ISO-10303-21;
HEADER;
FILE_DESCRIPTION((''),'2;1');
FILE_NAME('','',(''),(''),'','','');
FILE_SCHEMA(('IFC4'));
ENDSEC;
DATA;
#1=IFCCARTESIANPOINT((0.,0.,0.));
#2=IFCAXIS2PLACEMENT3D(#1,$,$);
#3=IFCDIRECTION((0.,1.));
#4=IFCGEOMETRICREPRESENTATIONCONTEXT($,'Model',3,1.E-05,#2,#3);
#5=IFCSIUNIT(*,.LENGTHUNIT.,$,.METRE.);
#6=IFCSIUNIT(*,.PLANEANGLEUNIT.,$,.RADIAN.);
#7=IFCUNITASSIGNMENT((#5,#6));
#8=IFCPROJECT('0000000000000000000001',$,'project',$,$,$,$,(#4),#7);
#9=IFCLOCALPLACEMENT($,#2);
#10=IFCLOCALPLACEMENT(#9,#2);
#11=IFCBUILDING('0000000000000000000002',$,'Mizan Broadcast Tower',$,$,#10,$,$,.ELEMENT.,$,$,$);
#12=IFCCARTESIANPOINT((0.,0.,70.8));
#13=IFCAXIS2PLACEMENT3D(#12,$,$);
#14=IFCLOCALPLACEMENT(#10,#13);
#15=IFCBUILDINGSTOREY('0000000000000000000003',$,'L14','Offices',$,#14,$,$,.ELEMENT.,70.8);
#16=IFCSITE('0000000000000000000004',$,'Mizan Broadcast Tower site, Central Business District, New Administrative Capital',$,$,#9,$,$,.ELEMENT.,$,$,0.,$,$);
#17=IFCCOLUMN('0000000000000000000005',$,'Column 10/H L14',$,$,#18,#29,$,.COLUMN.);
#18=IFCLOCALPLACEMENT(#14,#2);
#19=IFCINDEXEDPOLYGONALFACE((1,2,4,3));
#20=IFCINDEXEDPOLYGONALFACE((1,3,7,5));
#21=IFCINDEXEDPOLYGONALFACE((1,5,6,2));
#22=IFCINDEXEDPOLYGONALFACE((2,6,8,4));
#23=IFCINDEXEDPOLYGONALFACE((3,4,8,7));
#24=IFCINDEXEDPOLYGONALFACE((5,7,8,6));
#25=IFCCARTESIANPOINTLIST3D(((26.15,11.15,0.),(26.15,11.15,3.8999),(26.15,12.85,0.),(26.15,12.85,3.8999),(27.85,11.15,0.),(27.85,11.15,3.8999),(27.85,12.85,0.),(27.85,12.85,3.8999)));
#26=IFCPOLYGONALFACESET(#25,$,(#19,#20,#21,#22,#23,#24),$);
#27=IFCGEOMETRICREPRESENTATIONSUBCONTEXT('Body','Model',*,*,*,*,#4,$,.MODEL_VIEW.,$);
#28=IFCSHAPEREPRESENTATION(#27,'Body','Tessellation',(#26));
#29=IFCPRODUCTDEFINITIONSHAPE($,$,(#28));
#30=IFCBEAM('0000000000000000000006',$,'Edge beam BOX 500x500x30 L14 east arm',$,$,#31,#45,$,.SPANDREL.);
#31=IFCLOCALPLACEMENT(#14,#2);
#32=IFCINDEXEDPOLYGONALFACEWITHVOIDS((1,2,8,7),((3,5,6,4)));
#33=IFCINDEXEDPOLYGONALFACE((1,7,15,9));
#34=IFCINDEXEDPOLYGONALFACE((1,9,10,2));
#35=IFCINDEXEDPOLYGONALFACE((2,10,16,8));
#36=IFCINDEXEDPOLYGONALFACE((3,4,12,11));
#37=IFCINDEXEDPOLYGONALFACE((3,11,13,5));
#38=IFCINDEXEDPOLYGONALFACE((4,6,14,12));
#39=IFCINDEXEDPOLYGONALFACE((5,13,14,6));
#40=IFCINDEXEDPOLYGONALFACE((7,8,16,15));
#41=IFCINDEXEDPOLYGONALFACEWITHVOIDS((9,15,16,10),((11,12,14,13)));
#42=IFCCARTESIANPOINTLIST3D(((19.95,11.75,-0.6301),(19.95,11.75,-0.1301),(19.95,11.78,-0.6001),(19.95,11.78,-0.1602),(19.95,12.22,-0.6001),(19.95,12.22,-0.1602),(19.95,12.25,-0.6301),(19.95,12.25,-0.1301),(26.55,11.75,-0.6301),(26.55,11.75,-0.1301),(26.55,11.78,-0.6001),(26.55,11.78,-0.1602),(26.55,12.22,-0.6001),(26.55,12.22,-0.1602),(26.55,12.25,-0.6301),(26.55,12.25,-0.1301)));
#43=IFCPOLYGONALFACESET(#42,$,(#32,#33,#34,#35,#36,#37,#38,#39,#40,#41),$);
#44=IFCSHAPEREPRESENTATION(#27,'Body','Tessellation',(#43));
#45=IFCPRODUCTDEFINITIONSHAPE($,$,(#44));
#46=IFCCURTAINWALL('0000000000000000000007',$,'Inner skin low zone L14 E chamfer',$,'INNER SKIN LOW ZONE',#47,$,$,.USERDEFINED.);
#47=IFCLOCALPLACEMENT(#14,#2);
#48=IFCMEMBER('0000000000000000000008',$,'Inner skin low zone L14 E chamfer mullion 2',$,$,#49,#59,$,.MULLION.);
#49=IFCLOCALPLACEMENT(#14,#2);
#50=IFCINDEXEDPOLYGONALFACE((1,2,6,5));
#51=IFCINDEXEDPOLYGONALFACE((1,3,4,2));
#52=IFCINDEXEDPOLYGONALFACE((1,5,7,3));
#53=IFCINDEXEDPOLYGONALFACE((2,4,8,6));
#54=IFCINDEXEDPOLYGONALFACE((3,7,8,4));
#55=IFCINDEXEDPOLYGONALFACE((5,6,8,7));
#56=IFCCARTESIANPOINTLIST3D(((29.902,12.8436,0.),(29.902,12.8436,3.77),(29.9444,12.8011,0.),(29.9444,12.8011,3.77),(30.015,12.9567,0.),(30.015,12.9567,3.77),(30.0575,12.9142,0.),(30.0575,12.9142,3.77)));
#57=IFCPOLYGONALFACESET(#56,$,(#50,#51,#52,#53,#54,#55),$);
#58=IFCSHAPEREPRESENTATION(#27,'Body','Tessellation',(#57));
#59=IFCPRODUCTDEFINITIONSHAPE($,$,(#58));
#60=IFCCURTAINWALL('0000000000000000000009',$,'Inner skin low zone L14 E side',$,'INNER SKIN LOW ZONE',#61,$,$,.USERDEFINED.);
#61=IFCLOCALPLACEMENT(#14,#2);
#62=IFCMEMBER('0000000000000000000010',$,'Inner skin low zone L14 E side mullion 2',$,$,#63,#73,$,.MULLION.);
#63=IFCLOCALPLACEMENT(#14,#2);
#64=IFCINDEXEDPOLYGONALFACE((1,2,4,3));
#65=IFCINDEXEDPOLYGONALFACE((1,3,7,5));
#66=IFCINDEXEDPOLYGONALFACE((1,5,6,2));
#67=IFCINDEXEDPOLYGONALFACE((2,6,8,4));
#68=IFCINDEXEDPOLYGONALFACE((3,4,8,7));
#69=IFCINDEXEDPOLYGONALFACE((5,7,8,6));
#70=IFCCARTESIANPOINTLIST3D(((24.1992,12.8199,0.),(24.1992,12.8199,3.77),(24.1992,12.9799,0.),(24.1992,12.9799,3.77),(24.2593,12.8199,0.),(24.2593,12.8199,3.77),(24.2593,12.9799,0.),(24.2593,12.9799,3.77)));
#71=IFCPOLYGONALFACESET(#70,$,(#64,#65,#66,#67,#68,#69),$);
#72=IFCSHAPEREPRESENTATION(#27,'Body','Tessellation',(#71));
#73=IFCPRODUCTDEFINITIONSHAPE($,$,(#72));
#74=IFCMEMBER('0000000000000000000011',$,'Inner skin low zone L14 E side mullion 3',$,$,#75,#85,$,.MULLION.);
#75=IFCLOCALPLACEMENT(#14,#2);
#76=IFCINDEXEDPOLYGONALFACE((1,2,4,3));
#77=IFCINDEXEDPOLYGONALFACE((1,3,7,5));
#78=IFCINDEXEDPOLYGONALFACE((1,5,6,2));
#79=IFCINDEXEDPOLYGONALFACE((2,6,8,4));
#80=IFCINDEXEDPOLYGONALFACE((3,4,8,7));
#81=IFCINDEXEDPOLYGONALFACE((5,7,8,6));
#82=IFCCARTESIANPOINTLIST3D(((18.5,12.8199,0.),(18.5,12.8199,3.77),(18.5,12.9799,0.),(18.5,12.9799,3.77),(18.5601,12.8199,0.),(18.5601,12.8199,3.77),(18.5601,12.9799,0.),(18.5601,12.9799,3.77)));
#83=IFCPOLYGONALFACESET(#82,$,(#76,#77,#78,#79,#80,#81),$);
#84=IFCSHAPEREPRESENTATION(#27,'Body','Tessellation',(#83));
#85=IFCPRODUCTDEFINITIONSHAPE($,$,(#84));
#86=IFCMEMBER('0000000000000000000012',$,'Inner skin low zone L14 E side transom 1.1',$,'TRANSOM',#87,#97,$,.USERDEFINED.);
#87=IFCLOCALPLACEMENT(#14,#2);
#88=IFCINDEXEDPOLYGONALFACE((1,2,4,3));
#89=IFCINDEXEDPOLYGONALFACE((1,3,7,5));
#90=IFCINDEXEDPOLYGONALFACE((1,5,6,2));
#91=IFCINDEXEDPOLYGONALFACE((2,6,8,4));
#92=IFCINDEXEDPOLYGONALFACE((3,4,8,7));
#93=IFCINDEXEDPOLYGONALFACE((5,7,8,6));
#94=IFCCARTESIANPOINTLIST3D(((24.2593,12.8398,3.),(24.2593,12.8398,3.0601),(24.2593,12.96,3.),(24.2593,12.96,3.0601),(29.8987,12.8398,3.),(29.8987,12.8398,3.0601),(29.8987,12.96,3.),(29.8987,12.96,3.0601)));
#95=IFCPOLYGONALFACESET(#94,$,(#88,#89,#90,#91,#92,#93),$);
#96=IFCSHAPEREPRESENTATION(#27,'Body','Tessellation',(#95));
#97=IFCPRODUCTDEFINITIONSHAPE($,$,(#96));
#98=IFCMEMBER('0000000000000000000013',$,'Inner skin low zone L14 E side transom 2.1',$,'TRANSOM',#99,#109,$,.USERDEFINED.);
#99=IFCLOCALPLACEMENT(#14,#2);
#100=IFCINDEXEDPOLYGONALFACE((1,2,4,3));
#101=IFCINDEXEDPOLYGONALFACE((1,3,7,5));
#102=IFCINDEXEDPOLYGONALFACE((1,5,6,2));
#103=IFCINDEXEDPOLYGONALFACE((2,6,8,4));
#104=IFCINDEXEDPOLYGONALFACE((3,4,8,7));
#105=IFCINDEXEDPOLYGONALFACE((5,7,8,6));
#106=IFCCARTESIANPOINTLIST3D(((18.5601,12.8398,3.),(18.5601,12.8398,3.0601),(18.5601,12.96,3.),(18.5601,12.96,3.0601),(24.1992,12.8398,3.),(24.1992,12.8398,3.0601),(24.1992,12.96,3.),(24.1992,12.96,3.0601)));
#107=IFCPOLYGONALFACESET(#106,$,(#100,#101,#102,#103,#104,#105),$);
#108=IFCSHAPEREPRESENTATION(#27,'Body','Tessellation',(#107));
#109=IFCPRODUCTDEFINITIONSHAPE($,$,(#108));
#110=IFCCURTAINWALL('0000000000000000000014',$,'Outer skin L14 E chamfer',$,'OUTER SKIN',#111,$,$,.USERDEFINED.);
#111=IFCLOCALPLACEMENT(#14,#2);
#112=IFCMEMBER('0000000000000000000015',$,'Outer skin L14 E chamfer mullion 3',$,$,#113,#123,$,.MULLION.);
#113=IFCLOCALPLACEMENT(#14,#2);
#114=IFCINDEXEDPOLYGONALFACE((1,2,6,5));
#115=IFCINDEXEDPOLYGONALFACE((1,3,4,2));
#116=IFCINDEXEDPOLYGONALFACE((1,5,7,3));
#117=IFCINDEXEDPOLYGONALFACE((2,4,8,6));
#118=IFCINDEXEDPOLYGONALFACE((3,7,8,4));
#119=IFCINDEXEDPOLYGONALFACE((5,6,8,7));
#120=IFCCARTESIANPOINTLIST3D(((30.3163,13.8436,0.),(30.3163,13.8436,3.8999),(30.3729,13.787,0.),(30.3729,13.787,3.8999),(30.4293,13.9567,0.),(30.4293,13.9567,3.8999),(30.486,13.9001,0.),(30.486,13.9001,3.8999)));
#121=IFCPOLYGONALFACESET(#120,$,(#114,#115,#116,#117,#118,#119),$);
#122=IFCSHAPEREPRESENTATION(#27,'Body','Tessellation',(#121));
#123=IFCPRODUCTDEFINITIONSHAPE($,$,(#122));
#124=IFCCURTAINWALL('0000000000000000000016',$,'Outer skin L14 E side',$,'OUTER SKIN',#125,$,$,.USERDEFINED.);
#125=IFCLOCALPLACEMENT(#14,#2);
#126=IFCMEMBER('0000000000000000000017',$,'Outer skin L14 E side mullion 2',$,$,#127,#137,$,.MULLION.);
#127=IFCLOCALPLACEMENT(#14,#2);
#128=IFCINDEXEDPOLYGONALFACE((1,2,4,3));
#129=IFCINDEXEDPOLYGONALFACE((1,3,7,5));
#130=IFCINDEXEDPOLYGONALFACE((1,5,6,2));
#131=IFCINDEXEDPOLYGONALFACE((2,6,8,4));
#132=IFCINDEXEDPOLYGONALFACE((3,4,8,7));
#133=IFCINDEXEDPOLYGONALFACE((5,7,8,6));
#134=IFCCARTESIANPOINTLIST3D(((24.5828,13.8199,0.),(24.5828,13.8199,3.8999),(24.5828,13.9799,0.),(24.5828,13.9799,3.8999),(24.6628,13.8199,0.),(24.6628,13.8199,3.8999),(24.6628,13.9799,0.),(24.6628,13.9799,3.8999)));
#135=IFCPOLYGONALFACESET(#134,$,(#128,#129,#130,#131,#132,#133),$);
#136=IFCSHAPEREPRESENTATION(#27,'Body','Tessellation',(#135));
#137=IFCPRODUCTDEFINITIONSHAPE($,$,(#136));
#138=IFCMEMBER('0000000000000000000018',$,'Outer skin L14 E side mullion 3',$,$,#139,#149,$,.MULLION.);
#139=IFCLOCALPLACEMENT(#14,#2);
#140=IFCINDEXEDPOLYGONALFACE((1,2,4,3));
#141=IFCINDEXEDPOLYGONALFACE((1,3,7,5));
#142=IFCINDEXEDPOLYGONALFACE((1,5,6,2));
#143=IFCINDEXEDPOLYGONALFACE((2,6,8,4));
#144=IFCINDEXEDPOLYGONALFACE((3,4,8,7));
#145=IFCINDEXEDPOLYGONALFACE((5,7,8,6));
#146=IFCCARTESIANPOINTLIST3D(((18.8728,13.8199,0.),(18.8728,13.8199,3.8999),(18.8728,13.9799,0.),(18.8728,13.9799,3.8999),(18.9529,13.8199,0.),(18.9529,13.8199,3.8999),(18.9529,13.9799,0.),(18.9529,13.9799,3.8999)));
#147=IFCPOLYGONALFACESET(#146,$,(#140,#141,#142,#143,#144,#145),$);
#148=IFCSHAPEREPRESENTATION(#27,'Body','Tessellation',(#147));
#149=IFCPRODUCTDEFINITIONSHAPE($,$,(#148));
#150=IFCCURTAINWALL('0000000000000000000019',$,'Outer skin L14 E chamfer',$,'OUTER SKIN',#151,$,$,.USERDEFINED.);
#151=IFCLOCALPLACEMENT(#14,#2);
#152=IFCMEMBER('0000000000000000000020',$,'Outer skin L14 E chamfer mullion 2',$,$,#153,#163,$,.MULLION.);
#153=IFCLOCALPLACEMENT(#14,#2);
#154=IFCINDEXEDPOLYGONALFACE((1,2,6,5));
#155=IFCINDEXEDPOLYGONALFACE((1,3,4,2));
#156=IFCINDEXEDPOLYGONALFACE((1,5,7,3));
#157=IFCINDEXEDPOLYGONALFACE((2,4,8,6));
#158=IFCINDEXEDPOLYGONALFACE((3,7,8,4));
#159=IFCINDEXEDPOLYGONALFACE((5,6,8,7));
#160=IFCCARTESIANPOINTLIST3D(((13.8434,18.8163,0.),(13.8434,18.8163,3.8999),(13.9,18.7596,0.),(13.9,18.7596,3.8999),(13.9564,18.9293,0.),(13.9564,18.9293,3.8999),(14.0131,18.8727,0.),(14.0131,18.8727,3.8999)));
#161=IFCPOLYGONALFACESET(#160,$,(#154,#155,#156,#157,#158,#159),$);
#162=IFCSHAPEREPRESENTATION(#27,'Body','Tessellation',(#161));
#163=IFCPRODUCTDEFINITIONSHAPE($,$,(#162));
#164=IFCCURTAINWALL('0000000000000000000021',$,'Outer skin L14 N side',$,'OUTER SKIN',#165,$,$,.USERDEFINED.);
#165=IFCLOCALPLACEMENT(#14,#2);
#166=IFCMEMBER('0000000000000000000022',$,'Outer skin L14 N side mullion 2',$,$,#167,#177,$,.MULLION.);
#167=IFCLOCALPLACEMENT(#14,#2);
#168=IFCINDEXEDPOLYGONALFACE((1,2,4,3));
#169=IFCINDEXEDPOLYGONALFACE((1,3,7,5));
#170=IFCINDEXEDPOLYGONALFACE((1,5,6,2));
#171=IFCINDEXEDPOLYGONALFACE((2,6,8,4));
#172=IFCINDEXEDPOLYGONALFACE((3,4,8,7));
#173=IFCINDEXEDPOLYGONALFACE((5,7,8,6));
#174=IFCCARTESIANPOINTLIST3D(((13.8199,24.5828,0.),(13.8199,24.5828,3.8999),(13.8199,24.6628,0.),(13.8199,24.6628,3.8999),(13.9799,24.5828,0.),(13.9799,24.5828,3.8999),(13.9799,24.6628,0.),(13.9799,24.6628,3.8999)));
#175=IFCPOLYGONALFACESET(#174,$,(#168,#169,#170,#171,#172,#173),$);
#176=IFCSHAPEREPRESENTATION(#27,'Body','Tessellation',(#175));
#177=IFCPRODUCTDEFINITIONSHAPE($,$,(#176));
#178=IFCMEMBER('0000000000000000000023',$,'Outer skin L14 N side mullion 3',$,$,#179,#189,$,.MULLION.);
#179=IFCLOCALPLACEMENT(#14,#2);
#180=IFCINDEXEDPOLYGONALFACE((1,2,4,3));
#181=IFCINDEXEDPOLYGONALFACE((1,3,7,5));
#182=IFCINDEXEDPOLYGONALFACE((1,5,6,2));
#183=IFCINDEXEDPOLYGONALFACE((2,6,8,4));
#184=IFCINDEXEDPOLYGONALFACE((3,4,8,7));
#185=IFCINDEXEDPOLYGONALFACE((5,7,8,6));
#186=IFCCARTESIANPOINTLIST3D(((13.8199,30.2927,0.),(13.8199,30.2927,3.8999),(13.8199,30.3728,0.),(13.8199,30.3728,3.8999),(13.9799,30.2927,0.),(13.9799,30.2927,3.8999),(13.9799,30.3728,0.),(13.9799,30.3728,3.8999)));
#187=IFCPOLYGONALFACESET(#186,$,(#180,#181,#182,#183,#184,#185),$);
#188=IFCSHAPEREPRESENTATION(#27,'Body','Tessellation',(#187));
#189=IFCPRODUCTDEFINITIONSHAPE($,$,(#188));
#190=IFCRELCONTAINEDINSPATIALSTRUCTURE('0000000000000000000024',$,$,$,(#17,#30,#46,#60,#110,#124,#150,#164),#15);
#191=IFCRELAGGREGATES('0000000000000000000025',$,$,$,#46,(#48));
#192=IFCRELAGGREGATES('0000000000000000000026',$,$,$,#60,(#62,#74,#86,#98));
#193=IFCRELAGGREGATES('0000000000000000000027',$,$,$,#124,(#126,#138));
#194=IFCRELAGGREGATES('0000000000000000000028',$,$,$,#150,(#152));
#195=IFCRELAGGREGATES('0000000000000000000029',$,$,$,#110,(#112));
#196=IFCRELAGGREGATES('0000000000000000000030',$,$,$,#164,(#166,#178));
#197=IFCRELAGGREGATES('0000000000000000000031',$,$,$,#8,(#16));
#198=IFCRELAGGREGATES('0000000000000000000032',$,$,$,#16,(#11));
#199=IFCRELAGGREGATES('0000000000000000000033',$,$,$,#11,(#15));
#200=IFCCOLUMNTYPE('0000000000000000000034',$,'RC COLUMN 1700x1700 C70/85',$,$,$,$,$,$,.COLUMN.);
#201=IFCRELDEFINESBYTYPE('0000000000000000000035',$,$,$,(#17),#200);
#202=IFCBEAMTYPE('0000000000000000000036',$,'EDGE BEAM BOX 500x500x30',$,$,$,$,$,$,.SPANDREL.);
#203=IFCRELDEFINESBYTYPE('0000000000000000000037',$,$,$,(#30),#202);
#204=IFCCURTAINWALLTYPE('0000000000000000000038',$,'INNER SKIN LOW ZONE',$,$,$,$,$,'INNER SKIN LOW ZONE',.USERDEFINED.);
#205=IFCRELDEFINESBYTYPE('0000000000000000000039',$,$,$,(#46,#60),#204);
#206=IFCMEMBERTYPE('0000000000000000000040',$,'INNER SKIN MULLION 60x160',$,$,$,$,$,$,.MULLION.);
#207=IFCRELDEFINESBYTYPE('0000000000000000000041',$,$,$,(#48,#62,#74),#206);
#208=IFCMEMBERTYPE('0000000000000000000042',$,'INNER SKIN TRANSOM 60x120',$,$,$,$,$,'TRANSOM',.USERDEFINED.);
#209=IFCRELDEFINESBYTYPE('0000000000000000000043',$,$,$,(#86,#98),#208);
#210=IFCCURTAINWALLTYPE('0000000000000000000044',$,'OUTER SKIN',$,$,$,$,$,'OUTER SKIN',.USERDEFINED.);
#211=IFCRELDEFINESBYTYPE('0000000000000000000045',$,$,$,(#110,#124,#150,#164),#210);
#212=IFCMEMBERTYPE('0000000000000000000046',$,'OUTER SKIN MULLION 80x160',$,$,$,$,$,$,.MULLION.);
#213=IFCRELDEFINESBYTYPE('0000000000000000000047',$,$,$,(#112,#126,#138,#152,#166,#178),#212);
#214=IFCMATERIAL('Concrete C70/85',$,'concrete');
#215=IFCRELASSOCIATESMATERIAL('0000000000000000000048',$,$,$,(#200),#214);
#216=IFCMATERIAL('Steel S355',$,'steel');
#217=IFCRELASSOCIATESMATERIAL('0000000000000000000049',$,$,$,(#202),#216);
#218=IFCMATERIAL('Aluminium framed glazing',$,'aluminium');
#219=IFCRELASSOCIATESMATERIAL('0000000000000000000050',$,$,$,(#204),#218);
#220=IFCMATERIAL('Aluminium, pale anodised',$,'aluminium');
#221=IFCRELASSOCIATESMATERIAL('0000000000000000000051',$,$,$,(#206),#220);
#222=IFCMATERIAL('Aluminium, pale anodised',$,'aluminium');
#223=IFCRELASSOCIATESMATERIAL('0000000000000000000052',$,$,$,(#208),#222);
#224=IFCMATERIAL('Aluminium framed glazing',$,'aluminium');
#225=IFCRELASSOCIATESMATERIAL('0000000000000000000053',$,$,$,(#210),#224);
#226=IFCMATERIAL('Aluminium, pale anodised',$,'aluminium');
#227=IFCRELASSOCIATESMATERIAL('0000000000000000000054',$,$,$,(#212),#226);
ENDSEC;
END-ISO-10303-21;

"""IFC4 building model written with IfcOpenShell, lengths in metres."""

from ifc_helpers import new_model, si_unit, direction, frame, origin, origin_2d, place, context, subcontext, project, spatial, rectangle, hollow_rectangle, extrude, material, material_profile, profile_set, type_object, element, aggregate, save


model = new_model("IFC4")

# Units and contexts
model_context = context("Model", 3, precision=1e-05, world=origin(), true_north=direction((0.0, 1.0)))
body_context = subcontext(model_context, "Body", "Model", "MODEL_VIEW")
ifc_project = project(units=[si_unit("LENGTHUNIT", "METRE"), si_unit("PLANEANGLEUNIT", "RADIAN")], contexts=[model_context])

# Site, building, storey
site_placement = place(None, origin())
site = spatial("IfcSite", under=ifc_project, at=site_placement, Name="Mizan Broadcast Tower site, Central Business District, New Administrative Capital", CompositionType="ELEMENT", RefElevation=0.0)
building_placement = place(site_placement, origin())
building = spatial("IfcBuilding", under=site, at=building_placement, Name="Mizan Broadcast Tower", CompositionType="ELEMENT")
storey_placement = place(building_placement, frame((0.0, 0.0, 70.8)))
storey = spatial("IfcBuildingStorey", under=building, at=storey_placement, Name="L14", Description="Offices", CompositionType="ELEMENT", Elevation=70.8)

# Column
ifc_material_1 = material(Name="Concrete C70/85", Category="concrete")
ifc_material_profile_1 = material_profile(ifc_material_1, rectangle(XDim=1.7, YDim=1.7, at=origin_2d()), Name="RC 1700x1700")
ifc_profile_set_1 = profile_set([ifc_material_profile_1], Name="Concrete C70/85")
column_type = type_object("IfcColumnType", Name="RC COLUMN 1700x1700 C70/85", PredefinedType="COLUMN", material=ifc_profile_set_1)
column_placement = place(storey_placement, frame((27.0, 12.0, 0.0), z_axis=(0.0, 0.0, 1.0), x_axis=(1.0, 0.0, 0.0)))
element("IfcColumn", 1, at=column_placement, inside=storey, type_object=column_type, Name="Column 10/H L14", PredefinedType="COLUMN", context=body_context, shape_type="SweptSolid", body=[
    extrude(rectangle(XDim=1.7, YDim=1.7, at=origin_2d()), origin(), (0.0, 0.0, 1.0), 3.8999),
])

# Beam
ifc_material_2 = material(Name="Steel S355", Category="steel")
ifc_material_profile_2 = material_profile(ifc_material_2, hollow_rectangle(XDim=0.5, YDim=0.5, WallThickness=0.03, at=origin_2d()), Name="BOX 500x500x30")
ifc_profile_set_2 = profile_set([ifc_material_profile_2], Name="Steel S355")
beam_type_1 = type_object("IfcBeamType", Name="EDGE BEAM BOX 500x500x30", PredefinedType="SPANDREL", material=ifc_profile_set_2)
beam_1_placement = place(storey_placement, frame((19.95, 12.0, -0.3801), z_axis=(1.0, 0.0, 0.0), x_axis=(0.0, 1.0, 0.0)))
element("IfcBeam", 2, at=beam_1_placement, inside=storey, type_object=beam_type_1, Name="Edge beam BOX 500x500x30 L14 east arm", PredefinedType="SPANDREL", context=body_context, shape_type="SweptSolid", body=[
    extrude(hollow_rectangle(XDim=0.5, YDim=0.5, WallThickness=0.03, at=origin_2d()), origin(), (0.0, 0.0, 1.0), 6.6001),
])

# Curtain wall, member
ifc_material_3 = material(Name="Aluminium framed glazing", Category="aluminium")
curtain_wall_type_1 = type_object("IfcCurtainWallType", Name="INNER SKIN LOW ZONE", ElementType="INNER SKIN LOW ZONE", PredefinedType="USERDEFINED", material=ifc_material_3)
curtain_wall_1_placement = place(storey_placement, origin())
curtain_wall_1 = element("IfcCurtainWall", 3, at=curtain_wall_1_placement, inside=storey, type_object=curtain_wall_type_1, Name="Inner skin low zone L14 E chamfer", ObjectType="INNER SKIN LOW ZONE", PredefinedType="USERDEFINED")
ifc_material_4 = material(Name="Aluminium, pale anodised", Category="aluminium")
ifc_material_profile_3 = material_profile(ifc_material_4, rectangle(XDim=0.1599, YDim=0.0601, at=origin_2d()), Name="MULLION 160x60")
ifc_profile_set_3 = profile_set([ifc_material_profile_3], Name="Aluminium, pale anodised")
member_type_1 = type_object("IfcMemberType", Name="INNER SKIN MULLION 60x160", PredefinedType="MULLION", material=ifc_profile_set_3)
member_1_placement = place(storey_placement, frame((29.9797, 12.8789, 0.0), z_axis=(0.0, 0.0, 1.0), x_axis=(-0.707107, -0.707107, 0.0)))
member_1 = element("IfcMember", 4, at=member_1_placement, type_object=member_type_1, Name="Inner skin low zone L14 E chamfer mullion 2", PredefinedType="MULLION", context=body_context, shape_type="SweptSolid", body=[
    extrude(rectangle(XDim=0.1599, YDim=0.0601, at=origin_2d()), origin(), (0.0, 0.0, 1.0), 3.77),
])
aggregate(curtain_wall_1, [member_1])

# Curtain wall, members
curtain_wall_2_placement = place(storey_placement, origin())
curtain_wall_2 = element("IfcCurtainWall", 5, at=curtain_wall_2_placement, inside=storey, type_object=curtain_wall_type_1, Name="Inner skin low zone L14 E side", ObjectType="INNER SKIN LOW ZONE", PredefinedType="USERDEFINED")
member_2_placement = place(storey_placement, frame((24.2292, 12.8999, 0.0), z_axis=(0.0, 0.0, 1.0), x_axis=(0.0, -1.0, 0.0)))
member_2 = element("IfcMember", 6, at=member_2_placement, type_object=member_type_1, Name="Inner skin low zone L14 E side mullion 2", PredefinedType="MULLION", context=body_context, shape_type="SweptSolid", body=[
    extrude(rectangle(XDim=0.1599, YDim=0.0601, at=origin_2d()), origin(), (0.0, 0.0, 1.0), 3.77),
])
member_3_placement = place(storey_placement, frame((18.53, 12.8999, 0.0), z_axis=(0.0, 0.0, 1.0), x_axis=(0.0, -1.0, 0.0)))
member_3 = element("IfcMember", 7, at=member_3_placement, type_object=member_type_1, Name="Inner skin low zone L14 E side mullion 3", PredefinedType="MULLION", context=body_context, shape_type="SweptSolid", body=[
    extrude(rectangle(XDim=0.1599, YDim=0.0601, at=origin_2d()), origin(), (0.0, 0.0, 1.0), 3.77),
])
ifc_material_5 = material(Name="Aluminium, pale anodised", Category="aluminium")
ifc_material_profile_4 = material_profile(ifc_material_5, rectangle(XDim=0.1201, YDim=0.0601, at=origin_2d()), Name="TRANSOM 120x60")
ifc_profile_set_4 = profile_set([ifc_material_profile_4], Name="Aluminium, pale anodised")
member_type_2 = type_object("IfcMemberType", Name="INNER SKIN TRANSOM 60x120", ElementType="TRANSOM", PredefinedType="USERDEFINED", material=ifc_profile_set_4)
member_4_placement = place(storey_placement, frame((29.8987, 12.8999, 3.03), z_axis=(-1.0, 0.0, 0.0), x_axis=(0.0, -1.0, 0.0)))
member_4 = element("IfcMember", 8, at=member_4_placement, type_object=member_type_2, Name="Inner skin low zone L14 E side transom 1.1", ObjectType="TRANSOM", PredefinedType="USERDEFINED", context=body_context, shape_type="SweptSolid", body=[
    extrude(rectangle(XDim=0.1201, YDim=0.0601, at=origin_2d()), origin(), (0.0, 0.0, 1.0), 5.6394),
])
member_5_placement = place(storey_placement, frame((24.1992, 12.8999, 3.03), z_axis=(-1.0, 0.0, 0.0), x_axis=(0.0, -1.0, 0.0)))
member_5 = element("IfcMember", 9, at=member_5_placement, type_object=member_type_2, Name="Inner skin low zone L14 E side transom 2.1", ObjectType="TRANSOM", PredefinedType="USERDEFINED", context=body_context, shape_type="SweptSolid", body=[
    extrude(rectangle(XDim=0.1201, YDim=0.0601, at=origin_2d()), origin(), (0.0, 0.0, 1.0), 5.6392),
])

# Curtain wall, member
ifc_material_6 = material(Name="Aluminium framed glazing", Category="aluminium")
curtain_wall_type_2 = type_object("IfcCurtainWallType", Name="OUTER SKIN", ElementType="OUTER SKIN", PredefinedType="USERDEFINED", material=ifc_material_6)
curtain_wall_3_placement = place(storey_placement, origin())
curtain_wall_3 = element("IfcCurtainWall", 10, at=curtain_wall_3_placement, inside=storey, type_object=curtain_wall_type_2, Name="Outer skin L14 E chamfer", ObjectType="OUTER SKIN", PredefinedType="USERDEFINED")
ifc_material_7 = material(Name="Aluminium, pale anodised", Category="aluminium")
ifc_material_profile_5 = material_profile(ifc_material_7, rectangle(XDim=0.1599, YDim=0.0801, at=origin_2d()), Name="MULLION 160x80")
ifc_profile_set_5 = profile_set([ifc_material_profile_5], Name="Aluminium, pale anodised")
member_type_3 = type_object("IfcMemberType", Name="OUTER SKIN MULLION 80x160", PredefinedType="MULLION", material=ifc_profile_set_5)
member_6_placement = place(storey_placement, frame((30.4011, 13.8718, 0.0), z_axis=(0.0, 0.0, 1.0), x_axis=(-0.707107, -0.707107, 0.0)))
member_6 = element("IfcMember", 11, at=member_6_placement, type_object=member_type_3, Name="Outer skin L14 E chamfer mullion 3", PredefinedType="MULLION", context=body_context, shape_type="SweptSolid", body=[
    extrude(rectangle(XDim=0.1599, YDim=0.0801, at=origin_2d()), origin(), (0.0, 0.0, 1.0), 3.8999),
])

# Curtain wall, members
curtain_wall_4_placement = place(storey_placement, origin())
curtain_wall_4 = element("IfcCurtainWall", 12, at=curtain_wall_4_placement, inside=storey, type_object=curtain_wall_type_2, Name="Outer skin L14 E side", ObjectType="OUTER SKIN", PredefinedType="USERDEFINED")
member_7_placement = place(storey_placement, frame((24.6228, 13.8999, 0.0), z_axis=(0.0, 0.0, 1.0), x_axis=(0.0, -1.0, 0.0)))
member_7 = element("IfcMember", 13, at=member_7_placement, type_object=member_type_3, Name="Outer skin L14 E side mullion 2", PredefinedType="MULLION", context=body_context, shape_type="SweptSolid", body=[
    extrude(rectangle(XDim=0.1599, YDim=0.0801, at=origin_2d()), origin(), (0.0, 0.0, 1.0), 3.8999),
])
member_8_placement = place(storey_placement, frame((18.9128, 13.8999, 0.0), z_axis=(0.0, 0.0, 1.0), x_axis=(0.0, -1.0, 0.0)))
member_8 = element("IfcMember", 14, at=member_8_placement, type_object=member_type_3, Name="Outer skin L14 E side mullion 3", PredefinedType="MULLION", context=body_context, shape_type="SweptSolid", body=[
    extrude(rectangle(XDim=0.1599, YDim=0.0801, at=origin_2d()), origin(), (0.0, 0.0, 1.0), 3.8999),
])

# Curtain wall, member
curtain_wall_5_placement = place(storey_placement, origin())
curtain_wall_5 = element("IfcCurtainWall", 15, at=curtain_wall_5_placement, inside=storey, type_object=curtain_wall_type_2, Name="Outer skin L14 E chamfer", ObjectType="OUTER SKIN", PredefinedType="USERDEFINED")
member_9_placement = place(storey_placement, frame((13.9282, 18.8445, 0.0), z_axis=(0.0, 0.0, 1.0), x_axis=(-0.707107, -0.707107, 0.0)))
member_9 = element("IfcMember", 16, at=member_9_placement, type_object=member_type_3, Name="Outer skin L14 E chamfer mullion 2", PredefinedType="MULLION", context=body_context, shape_type="SweptSolid", body=[
    extrude(rectangle(XDim=0.1599, YDim=0.0801, at=origin_2d()), origin(), (0.0, 0.0, 1.0), 3.8999),
])

# Curtain wall, members
curtain_wall_6_placement = place(storey_placement, origin())
curtain_wall_6 = element("IfcCurtainWall", 17, at=curtain_wall_6_placement, inside=storey, type_object=curtain_wall_type_2, Name="Outer skin L14 N side", ObjectType="OUTER SKIN", PredefinedType="USERDEFINED")
member_10_placement = place(storey_placement, frame((13.8999, 24.6228, 0.0), z_axis=(0.0, 0.0, 1.0), x_axis=(-1.0, 0.0, 0.0)))
member_10 = element("IfcMember", 18, at=member_10_placement, type_object=member_type_3, Name="Outer skin L14 N side mullion 2", PredefinedType="MULLION", context=body_context, shape_type="SweptSolid", body=[
    extrude(rectangle(XDim=0.1599, YDim=0.0801, at=origin_2d()), origin(), (0.0, 0.0, 1.0), 3.8999),
])
member_11_placement = place(storey_placement, frame((13.8999, 30.3328, 0.0), z_axis=(0.0, 0.0, 1.0), x_axis=(-1.0, 0.0, 0.0)))
member_11 = element("IfcMember", 19, at=member_11_placement, type_object=member_type_3, Name="Outer skin L14 N side mullion 3", PredefinedType="MULLION", context=body_context, shape_type="SweptSolid", body=[
    extrude(rectangle(XDim=0.1599, YDim=0.0801, at=origin_2d()), origin(), (0.0, 0.0, 1.0), 3.8999),
])

aggregate(curtain_wall_2, [member_2, member_3, member_4, member_5])
aggregate(curtain_wall_4, [member_7, member_8])
aggregate(curtain_wall_5, [member_9])
aggregate(curtain_wall_3, [member_6])
aggregate(curtain_wall_6, [member_10, member_11])

save(model, "model.ifc")
